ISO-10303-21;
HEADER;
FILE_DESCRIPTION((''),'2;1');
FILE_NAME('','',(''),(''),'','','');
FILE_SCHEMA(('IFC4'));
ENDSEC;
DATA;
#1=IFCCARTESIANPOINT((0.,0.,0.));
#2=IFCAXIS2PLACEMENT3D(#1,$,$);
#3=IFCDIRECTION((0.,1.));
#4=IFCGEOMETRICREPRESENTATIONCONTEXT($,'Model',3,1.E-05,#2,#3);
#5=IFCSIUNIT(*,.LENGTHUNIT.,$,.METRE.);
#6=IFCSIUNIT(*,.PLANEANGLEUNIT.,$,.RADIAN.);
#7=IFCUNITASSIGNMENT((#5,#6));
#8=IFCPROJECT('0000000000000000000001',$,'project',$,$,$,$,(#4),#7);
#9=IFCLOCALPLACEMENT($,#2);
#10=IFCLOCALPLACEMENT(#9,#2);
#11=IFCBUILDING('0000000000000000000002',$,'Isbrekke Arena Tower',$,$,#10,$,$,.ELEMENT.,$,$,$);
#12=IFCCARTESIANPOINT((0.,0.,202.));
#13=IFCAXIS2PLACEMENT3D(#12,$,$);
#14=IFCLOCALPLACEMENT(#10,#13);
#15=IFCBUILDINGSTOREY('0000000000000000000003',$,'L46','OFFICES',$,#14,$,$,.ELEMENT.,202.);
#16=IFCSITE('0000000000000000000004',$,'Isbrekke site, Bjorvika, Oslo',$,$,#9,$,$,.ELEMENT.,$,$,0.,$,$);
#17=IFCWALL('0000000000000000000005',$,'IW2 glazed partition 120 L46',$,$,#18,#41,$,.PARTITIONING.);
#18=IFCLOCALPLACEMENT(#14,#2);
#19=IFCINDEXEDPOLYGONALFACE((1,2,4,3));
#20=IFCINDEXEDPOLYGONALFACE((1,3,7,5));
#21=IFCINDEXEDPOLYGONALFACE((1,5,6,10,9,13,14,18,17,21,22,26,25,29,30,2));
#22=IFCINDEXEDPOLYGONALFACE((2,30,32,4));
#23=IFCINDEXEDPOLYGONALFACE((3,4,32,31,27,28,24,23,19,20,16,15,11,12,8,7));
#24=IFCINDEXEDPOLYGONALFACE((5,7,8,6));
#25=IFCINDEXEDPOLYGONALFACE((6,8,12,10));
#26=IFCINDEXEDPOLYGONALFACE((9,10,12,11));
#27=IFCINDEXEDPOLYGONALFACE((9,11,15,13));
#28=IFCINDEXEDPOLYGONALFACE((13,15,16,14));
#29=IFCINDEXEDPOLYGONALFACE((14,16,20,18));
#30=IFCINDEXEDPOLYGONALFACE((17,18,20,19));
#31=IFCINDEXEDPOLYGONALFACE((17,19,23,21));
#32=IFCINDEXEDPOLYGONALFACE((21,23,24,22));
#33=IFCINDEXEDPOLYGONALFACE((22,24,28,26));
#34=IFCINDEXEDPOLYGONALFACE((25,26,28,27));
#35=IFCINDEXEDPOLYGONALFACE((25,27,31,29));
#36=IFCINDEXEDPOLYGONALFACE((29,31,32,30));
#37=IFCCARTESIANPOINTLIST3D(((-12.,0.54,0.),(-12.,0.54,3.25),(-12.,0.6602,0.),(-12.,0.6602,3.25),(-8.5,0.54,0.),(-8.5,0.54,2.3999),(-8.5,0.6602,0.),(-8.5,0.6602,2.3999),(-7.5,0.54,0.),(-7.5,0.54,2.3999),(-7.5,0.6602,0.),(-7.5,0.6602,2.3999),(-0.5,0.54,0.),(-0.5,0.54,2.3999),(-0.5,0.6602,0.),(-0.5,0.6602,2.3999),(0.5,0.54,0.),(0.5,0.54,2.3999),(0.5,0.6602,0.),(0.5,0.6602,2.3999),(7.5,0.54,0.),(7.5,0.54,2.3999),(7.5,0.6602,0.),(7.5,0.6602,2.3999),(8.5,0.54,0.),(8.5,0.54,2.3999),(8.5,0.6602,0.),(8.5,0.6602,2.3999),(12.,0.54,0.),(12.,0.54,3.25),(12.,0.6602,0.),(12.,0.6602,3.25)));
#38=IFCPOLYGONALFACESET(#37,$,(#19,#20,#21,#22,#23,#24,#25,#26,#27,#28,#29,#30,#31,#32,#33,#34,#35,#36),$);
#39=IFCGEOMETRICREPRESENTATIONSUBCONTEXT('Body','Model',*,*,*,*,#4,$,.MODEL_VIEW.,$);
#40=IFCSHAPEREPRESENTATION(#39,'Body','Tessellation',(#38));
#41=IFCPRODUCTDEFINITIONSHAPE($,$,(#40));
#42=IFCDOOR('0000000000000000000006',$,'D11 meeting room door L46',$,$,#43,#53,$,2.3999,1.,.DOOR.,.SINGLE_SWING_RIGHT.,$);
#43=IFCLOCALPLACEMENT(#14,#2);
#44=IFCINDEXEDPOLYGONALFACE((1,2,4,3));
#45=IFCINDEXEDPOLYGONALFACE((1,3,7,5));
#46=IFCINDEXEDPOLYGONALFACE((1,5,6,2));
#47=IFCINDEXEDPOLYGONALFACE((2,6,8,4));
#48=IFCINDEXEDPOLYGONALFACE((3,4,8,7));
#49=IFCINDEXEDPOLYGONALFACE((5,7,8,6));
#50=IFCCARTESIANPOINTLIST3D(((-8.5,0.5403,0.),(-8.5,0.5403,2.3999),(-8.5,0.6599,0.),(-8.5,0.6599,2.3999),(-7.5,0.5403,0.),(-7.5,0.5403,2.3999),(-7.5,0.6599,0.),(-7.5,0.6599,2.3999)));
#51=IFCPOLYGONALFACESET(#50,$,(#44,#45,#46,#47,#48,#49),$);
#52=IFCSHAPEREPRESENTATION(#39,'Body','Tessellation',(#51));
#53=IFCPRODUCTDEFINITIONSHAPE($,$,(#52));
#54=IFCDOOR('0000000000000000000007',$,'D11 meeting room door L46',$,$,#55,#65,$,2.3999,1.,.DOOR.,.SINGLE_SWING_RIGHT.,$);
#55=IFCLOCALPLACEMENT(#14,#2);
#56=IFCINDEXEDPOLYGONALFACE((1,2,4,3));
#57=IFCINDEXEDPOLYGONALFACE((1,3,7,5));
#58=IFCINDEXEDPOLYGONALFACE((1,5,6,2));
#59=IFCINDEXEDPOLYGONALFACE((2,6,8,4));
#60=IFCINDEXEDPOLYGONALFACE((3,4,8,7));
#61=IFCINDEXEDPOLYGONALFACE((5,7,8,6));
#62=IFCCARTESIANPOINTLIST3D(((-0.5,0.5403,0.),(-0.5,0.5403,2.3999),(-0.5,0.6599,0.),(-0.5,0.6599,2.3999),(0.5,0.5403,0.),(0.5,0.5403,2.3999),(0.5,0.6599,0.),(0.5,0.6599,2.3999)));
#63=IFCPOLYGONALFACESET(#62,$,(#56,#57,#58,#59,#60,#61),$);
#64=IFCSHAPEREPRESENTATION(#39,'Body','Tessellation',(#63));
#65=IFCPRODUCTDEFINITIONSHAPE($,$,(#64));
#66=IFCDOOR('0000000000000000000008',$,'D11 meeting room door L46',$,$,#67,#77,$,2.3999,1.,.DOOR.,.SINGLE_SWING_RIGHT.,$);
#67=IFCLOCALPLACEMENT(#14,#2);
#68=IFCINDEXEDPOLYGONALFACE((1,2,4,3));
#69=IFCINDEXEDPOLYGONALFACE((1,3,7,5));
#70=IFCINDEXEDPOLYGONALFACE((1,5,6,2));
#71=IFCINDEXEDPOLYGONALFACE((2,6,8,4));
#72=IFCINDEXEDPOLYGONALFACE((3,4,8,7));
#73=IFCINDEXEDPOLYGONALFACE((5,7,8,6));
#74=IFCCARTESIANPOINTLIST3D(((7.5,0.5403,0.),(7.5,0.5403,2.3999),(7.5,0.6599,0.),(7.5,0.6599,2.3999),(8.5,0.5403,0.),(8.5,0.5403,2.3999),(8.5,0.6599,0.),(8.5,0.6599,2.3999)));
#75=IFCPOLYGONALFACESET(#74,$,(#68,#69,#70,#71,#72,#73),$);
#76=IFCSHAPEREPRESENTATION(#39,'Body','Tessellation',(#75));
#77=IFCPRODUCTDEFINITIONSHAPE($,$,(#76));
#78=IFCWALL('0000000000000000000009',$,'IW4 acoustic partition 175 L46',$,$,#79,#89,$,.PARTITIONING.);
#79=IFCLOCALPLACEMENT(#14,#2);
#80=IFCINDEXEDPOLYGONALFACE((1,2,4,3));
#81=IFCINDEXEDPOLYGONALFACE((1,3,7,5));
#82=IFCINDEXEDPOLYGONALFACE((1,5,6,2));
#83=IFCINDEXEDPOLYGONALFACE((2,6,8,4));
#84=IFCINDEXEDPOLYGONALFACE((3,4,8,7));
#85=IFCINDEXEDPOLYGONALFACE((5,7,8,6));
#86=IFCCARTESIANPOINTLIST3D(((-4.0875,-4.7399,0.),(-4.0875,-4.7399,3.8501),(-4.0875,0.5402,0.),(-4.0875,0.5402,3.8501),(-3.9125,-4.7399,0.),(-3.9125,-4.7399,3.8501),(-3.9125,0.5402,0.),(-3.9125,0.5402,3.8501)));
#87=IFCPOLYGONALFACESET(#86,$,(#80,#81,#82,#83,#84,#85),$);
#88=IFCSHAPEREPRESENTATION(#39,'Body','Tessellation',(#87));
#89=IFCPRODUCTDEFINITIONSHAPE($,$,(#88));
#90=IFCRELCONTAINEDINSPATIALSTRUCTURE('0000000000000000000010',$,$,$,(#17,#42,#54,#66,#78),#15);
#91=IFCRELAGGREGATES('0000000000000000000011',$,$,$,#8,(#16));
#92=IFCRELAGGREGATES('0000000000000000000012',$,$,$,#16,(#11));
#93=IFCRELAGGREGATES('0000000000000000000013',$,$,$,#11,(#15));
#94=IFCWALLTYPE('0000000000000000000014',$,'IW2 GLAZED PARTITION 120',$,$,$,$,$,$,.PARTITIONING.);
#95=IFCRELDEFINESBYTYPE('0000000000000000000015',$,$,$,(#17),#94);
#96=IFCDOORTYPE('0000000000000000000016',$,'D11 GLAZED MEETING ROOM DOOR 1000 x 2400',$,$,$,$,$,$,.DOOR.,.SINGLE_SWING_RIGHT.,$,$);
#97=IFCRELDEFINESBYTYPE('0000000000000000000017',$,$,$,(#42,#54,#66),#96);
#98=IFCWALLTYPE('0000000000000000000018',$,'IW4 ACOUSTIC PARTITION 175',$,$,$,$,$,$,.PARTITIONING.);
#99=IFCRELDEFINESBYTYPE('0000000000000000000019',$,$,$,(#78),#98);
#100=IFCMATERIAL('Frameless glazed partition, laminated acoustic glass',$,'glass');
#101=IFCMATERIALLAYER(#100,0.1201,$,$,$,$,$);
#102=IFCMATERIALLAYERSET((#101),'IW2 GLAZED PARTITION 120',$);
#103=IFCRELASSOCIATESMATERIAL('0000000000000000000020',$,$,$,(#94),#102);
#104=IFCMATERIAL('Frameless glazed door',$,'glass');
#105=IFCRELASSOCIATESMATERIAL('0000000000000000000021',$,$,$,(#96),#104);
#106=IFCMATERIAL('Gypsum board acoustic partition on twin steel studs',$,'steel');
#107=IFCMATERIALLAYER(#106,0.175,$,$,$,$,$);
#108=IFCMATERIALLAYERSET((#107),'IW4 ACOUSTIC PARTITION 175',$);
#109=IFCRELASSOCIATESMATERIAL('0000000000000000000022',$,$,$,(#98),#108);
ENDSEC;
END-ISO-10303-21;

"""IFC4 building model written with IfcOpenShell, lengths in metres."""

from ifc_helpers import new_model, si_unit, direction, frame, frame_2d, origin, place, context, subcontext, project, spatial, rectangle, extrude, material, layer, layer_set, type_object, element, fill, save


model = new_model("IFC4")

# Units and contexts
model_context = context("Model", 3, precision=1e-05, world=origin(), true_north=direction((0.0, 1.0)))
body_context = subcontext(model_context, "Body", "Model", "MODEL_VIEW")
ifc_project = project(units=[si_unit("LENGTHUNIT", "METRE"), si_unit("PLANEANGLEUNIT", "RADIAN")], contexts=[model_context])

# Site, building, storey
site_placement = place(None, origin())
site = spatial("IfcSite", under=ifc_project, at=site_placement, Name="Isbrekke site, Bjorvika, Oslo", CompositionType="ELEMENT", RefElevation=0.0)
building_placement = place(site_placement, origin())
building = spatial("IfcBuilding", under=site, at=building_placement, Name="Isbrekke Arena Tower", CompositionType="ELEMENT")
storey_placement = place(building_placement, frame((0.0, 0.0, 202.0)))
storey = spatial("IfcBuildingStorey", under=building, at=storey_placement, Name="L46", Description="OFFICES", CompositionType="ELEMENT", Elevation=202.0)

# Wall, openings, doors
ifc_material_1 = material(Name="Frameless glazed partition, laminated acoustic glass", Category="glass")
ifc_layer_1 = layer(ifc_material_1, 0.1201)
ifc_layer_set_1 = layer_set([ifc_layer_1], Name="IW2 GLAZED PARTITION 120")
wall_type_1 = type_object("IfcWallType", Name="IW2 GLAZED PARTITION 120", PredefinedType="PARTITIONING", material=ifc_layer_set_1)
wall_1_placement = place(storey_placement, frame((-12.0, 0.6001, 0.0), z_axis=(0.0, 0.0, 1.0), x_axis=(1.0, 0.0, 0.0)))
wall_1 = element("IfcWall", 1, at=wall_1_placement, inside=storey, type_object=wall_type_1, Name="IW2 glazed partition 120 L46", PredefinedType="PARTITIONING", context=body_context, shape_type="SweptSolid", body=[
    extrude(rectangle(XDim=24.0, YDim=0.1201, at=frame_2d((12.0, 0.0))), origin(), (0.0, 0.0, 1.0), 3.25),
])
opening_1_placement = place(wall_1_placement, frame((3.5, 0.0, 0.0)))
opening_1 = element("IfcOpeningElement", 2, at=opening_1_placement, cuts=wall_1, PredefinedType="OPENING", context=body_context, shape_type="SweptSolid", body=[
    extrude(rectangle(XDim=1.0, YDim=2.3999, at=frame_2d((0.5, 1.2))), frame((0.0, 0.075, 0.0), z_axis=(0.0, -1.0, 0.0), x_axis=(1.0, 0.0, 0.0)), (0.0, 0.0, 1.0), 0.1499),
])
opening_2_placement = place(wall_1_placement, frame((11.5, 0.0, 0.0)))
opening_2 = element("IfcOpeningElement", 3, at=opening_2_placement, cuts=wall_1, PredefinedType="OPENING", context=body_context, shape_type="SweptSolid", body=[
    extrude(rectangle(XDim=1.0, YDim=2.3999, at=frame_2d((0.5, 1.2))), frame((0.0, 0.075, 0.0), z_axis=(0.0, -1.0, 0.0), x_axis=(1.0, 0.0, 0.0)), (0.0, 0.0, 1.0), 0.1499),
])
opening_3_placement = place(wall_1_placement, frame((19.5, 0.0, 0.0)))
opening_3 = element("IfcOpeningElement", 4, at=opening_3_placement, cuts=wall_1, PredefinedType="OPENING", context=body_context, shape_type="SweptSolid", body=[
    extrude(rectangle(XDim=1.0, YDim=2.3999, at=frame_2d((0.5, 1.2))), frame((0.0, 0.075, 0.0), z_axis=(0.0, -1.0, 0.0), x_axis=(1.0, 0.0, 0.0)), (0.0, 0.0, 1.0), 0.1499),
])
ifc_material_2 = material(Name="Frameless glazed door", Category="glass")
door_type = type_object("IfcDoorType", Name="D11 GLAZED MEETING ROOM DOOR 1000 x 2400", OperationType="SINGLE_SWING_RIGHT", PredefinedType="DOOR", material=ifc_material_2)
door_1_placement = place(opening_1_placement, origin())
door_1 = element("IfcDoor", 5, at=door_1_placement, inside=storey, type_object=door_type, Name="D11 meeting room door L46", OperationType="SINGLE_SWING_RIGHT", OverallHeight=2.3999, OverallWidth=1.0, PredefinedType="DOOR", context=body_context, shape_type="SweptSolid", body=[
    extrude(rectangle(XDim=1.0, YDim=2.3999, at=frame_2d((0.5, 1.2))), frame((0.0, 0.0598, 0.0), z_axis=(0.0, -1.0, 0.0), x_axis=(1.0, 0.0, 0.0)), (0.0, 0.0, 1.0), 0.1196),
])
fill(opening_1, door_1)
door_2_placement = place(opening_2_placement, origin())
door_2 = element("IfcDoor", 6, at=door_2_placement, inside=storey, type_object=door_type, Name="D11 meeting room door L46", OperationType="SINGLE_SWING_RIGHT", OverallHeight=2.3999, OverallWidth=1.0, PredefinedType="DOOR", context=body_context, shape_type="SweptSolid", body=[
    extrude(rectangle(XDim=1.0, YDim=2.3999, at=frame_2d((0.5, 1.2))), frame((0.0, 0.0598, 0.0), z_axis=(0.0, -1.0, 0.0), x_axis=(1.0, 0.0, 0.0)), (0.0, 0.0, 1.0), 0.1196),
])
fill(opening_2, door_2)
door_3_placement = place(opening_3_placement, origin())
door_3 = element("IfcDoor", 7, at=door_3_placement, inside=storey, type_object=door_type, Name="D11 meeting room door L46", OperationType="SINGLE_SWING_RIGHT", OverallHeight=2.3999, OverallWidth=1.0, PredefinedType="DOOR", context=body_context, shape_type="SweptSolid", body=[
    extrude(rectangle(XDim=1.0, YDim=2.3999, at=frame_2d((0.5, 1.2))), frame((0.0, 0.0598, 0.0), z_axis=(0.0, -1.0, 0.0), x_axis=(1.0, 0.0, 0.0)), (0.0, 0.0, 1.0), 0.1196),
])
fill(opening_3, door_3)

# Wall
ifc_material_3 = material(Name="Gypsum board acoustic partition on twin steel studs", Category="steel")
ifc_layer_2 = layer(ifc_material_3, 0.175)
ifc_layer_set_2 = layer_set([ifc_layer_2], Name="IW4 ACOUSTIC PARTITION 175")
wall_type_2 = type_object("IfcWallType", Name="IW4 ACOUSTIC PARTITION 175", PredefinedType="PARTITIONING", material=ifc_layer_set_2)
wall_2_placement = place(storey_placement, frame((-4.0, -4.74, 0.0), z_axis=(0.0, 0.0, 1.0), x_axis=(0.0, 1.0, 0.0)))
element("IfcWall", 8, at=wall_2_placement, inside=storey, type_object=wall_type_2, Name="IW4 acoustic partition 175 L46", PredefinedType="PARTITIONING", context=body_context, shape_type="SweptSolid", body=[
    extrude(rectangle(XDim=5.28, YDim=0.175, at=frame_2d((2.6401, 0.0))), origin(), (0.0, 0.0, 1.0), 3.8501),
])

save(model, "model.ifc")
